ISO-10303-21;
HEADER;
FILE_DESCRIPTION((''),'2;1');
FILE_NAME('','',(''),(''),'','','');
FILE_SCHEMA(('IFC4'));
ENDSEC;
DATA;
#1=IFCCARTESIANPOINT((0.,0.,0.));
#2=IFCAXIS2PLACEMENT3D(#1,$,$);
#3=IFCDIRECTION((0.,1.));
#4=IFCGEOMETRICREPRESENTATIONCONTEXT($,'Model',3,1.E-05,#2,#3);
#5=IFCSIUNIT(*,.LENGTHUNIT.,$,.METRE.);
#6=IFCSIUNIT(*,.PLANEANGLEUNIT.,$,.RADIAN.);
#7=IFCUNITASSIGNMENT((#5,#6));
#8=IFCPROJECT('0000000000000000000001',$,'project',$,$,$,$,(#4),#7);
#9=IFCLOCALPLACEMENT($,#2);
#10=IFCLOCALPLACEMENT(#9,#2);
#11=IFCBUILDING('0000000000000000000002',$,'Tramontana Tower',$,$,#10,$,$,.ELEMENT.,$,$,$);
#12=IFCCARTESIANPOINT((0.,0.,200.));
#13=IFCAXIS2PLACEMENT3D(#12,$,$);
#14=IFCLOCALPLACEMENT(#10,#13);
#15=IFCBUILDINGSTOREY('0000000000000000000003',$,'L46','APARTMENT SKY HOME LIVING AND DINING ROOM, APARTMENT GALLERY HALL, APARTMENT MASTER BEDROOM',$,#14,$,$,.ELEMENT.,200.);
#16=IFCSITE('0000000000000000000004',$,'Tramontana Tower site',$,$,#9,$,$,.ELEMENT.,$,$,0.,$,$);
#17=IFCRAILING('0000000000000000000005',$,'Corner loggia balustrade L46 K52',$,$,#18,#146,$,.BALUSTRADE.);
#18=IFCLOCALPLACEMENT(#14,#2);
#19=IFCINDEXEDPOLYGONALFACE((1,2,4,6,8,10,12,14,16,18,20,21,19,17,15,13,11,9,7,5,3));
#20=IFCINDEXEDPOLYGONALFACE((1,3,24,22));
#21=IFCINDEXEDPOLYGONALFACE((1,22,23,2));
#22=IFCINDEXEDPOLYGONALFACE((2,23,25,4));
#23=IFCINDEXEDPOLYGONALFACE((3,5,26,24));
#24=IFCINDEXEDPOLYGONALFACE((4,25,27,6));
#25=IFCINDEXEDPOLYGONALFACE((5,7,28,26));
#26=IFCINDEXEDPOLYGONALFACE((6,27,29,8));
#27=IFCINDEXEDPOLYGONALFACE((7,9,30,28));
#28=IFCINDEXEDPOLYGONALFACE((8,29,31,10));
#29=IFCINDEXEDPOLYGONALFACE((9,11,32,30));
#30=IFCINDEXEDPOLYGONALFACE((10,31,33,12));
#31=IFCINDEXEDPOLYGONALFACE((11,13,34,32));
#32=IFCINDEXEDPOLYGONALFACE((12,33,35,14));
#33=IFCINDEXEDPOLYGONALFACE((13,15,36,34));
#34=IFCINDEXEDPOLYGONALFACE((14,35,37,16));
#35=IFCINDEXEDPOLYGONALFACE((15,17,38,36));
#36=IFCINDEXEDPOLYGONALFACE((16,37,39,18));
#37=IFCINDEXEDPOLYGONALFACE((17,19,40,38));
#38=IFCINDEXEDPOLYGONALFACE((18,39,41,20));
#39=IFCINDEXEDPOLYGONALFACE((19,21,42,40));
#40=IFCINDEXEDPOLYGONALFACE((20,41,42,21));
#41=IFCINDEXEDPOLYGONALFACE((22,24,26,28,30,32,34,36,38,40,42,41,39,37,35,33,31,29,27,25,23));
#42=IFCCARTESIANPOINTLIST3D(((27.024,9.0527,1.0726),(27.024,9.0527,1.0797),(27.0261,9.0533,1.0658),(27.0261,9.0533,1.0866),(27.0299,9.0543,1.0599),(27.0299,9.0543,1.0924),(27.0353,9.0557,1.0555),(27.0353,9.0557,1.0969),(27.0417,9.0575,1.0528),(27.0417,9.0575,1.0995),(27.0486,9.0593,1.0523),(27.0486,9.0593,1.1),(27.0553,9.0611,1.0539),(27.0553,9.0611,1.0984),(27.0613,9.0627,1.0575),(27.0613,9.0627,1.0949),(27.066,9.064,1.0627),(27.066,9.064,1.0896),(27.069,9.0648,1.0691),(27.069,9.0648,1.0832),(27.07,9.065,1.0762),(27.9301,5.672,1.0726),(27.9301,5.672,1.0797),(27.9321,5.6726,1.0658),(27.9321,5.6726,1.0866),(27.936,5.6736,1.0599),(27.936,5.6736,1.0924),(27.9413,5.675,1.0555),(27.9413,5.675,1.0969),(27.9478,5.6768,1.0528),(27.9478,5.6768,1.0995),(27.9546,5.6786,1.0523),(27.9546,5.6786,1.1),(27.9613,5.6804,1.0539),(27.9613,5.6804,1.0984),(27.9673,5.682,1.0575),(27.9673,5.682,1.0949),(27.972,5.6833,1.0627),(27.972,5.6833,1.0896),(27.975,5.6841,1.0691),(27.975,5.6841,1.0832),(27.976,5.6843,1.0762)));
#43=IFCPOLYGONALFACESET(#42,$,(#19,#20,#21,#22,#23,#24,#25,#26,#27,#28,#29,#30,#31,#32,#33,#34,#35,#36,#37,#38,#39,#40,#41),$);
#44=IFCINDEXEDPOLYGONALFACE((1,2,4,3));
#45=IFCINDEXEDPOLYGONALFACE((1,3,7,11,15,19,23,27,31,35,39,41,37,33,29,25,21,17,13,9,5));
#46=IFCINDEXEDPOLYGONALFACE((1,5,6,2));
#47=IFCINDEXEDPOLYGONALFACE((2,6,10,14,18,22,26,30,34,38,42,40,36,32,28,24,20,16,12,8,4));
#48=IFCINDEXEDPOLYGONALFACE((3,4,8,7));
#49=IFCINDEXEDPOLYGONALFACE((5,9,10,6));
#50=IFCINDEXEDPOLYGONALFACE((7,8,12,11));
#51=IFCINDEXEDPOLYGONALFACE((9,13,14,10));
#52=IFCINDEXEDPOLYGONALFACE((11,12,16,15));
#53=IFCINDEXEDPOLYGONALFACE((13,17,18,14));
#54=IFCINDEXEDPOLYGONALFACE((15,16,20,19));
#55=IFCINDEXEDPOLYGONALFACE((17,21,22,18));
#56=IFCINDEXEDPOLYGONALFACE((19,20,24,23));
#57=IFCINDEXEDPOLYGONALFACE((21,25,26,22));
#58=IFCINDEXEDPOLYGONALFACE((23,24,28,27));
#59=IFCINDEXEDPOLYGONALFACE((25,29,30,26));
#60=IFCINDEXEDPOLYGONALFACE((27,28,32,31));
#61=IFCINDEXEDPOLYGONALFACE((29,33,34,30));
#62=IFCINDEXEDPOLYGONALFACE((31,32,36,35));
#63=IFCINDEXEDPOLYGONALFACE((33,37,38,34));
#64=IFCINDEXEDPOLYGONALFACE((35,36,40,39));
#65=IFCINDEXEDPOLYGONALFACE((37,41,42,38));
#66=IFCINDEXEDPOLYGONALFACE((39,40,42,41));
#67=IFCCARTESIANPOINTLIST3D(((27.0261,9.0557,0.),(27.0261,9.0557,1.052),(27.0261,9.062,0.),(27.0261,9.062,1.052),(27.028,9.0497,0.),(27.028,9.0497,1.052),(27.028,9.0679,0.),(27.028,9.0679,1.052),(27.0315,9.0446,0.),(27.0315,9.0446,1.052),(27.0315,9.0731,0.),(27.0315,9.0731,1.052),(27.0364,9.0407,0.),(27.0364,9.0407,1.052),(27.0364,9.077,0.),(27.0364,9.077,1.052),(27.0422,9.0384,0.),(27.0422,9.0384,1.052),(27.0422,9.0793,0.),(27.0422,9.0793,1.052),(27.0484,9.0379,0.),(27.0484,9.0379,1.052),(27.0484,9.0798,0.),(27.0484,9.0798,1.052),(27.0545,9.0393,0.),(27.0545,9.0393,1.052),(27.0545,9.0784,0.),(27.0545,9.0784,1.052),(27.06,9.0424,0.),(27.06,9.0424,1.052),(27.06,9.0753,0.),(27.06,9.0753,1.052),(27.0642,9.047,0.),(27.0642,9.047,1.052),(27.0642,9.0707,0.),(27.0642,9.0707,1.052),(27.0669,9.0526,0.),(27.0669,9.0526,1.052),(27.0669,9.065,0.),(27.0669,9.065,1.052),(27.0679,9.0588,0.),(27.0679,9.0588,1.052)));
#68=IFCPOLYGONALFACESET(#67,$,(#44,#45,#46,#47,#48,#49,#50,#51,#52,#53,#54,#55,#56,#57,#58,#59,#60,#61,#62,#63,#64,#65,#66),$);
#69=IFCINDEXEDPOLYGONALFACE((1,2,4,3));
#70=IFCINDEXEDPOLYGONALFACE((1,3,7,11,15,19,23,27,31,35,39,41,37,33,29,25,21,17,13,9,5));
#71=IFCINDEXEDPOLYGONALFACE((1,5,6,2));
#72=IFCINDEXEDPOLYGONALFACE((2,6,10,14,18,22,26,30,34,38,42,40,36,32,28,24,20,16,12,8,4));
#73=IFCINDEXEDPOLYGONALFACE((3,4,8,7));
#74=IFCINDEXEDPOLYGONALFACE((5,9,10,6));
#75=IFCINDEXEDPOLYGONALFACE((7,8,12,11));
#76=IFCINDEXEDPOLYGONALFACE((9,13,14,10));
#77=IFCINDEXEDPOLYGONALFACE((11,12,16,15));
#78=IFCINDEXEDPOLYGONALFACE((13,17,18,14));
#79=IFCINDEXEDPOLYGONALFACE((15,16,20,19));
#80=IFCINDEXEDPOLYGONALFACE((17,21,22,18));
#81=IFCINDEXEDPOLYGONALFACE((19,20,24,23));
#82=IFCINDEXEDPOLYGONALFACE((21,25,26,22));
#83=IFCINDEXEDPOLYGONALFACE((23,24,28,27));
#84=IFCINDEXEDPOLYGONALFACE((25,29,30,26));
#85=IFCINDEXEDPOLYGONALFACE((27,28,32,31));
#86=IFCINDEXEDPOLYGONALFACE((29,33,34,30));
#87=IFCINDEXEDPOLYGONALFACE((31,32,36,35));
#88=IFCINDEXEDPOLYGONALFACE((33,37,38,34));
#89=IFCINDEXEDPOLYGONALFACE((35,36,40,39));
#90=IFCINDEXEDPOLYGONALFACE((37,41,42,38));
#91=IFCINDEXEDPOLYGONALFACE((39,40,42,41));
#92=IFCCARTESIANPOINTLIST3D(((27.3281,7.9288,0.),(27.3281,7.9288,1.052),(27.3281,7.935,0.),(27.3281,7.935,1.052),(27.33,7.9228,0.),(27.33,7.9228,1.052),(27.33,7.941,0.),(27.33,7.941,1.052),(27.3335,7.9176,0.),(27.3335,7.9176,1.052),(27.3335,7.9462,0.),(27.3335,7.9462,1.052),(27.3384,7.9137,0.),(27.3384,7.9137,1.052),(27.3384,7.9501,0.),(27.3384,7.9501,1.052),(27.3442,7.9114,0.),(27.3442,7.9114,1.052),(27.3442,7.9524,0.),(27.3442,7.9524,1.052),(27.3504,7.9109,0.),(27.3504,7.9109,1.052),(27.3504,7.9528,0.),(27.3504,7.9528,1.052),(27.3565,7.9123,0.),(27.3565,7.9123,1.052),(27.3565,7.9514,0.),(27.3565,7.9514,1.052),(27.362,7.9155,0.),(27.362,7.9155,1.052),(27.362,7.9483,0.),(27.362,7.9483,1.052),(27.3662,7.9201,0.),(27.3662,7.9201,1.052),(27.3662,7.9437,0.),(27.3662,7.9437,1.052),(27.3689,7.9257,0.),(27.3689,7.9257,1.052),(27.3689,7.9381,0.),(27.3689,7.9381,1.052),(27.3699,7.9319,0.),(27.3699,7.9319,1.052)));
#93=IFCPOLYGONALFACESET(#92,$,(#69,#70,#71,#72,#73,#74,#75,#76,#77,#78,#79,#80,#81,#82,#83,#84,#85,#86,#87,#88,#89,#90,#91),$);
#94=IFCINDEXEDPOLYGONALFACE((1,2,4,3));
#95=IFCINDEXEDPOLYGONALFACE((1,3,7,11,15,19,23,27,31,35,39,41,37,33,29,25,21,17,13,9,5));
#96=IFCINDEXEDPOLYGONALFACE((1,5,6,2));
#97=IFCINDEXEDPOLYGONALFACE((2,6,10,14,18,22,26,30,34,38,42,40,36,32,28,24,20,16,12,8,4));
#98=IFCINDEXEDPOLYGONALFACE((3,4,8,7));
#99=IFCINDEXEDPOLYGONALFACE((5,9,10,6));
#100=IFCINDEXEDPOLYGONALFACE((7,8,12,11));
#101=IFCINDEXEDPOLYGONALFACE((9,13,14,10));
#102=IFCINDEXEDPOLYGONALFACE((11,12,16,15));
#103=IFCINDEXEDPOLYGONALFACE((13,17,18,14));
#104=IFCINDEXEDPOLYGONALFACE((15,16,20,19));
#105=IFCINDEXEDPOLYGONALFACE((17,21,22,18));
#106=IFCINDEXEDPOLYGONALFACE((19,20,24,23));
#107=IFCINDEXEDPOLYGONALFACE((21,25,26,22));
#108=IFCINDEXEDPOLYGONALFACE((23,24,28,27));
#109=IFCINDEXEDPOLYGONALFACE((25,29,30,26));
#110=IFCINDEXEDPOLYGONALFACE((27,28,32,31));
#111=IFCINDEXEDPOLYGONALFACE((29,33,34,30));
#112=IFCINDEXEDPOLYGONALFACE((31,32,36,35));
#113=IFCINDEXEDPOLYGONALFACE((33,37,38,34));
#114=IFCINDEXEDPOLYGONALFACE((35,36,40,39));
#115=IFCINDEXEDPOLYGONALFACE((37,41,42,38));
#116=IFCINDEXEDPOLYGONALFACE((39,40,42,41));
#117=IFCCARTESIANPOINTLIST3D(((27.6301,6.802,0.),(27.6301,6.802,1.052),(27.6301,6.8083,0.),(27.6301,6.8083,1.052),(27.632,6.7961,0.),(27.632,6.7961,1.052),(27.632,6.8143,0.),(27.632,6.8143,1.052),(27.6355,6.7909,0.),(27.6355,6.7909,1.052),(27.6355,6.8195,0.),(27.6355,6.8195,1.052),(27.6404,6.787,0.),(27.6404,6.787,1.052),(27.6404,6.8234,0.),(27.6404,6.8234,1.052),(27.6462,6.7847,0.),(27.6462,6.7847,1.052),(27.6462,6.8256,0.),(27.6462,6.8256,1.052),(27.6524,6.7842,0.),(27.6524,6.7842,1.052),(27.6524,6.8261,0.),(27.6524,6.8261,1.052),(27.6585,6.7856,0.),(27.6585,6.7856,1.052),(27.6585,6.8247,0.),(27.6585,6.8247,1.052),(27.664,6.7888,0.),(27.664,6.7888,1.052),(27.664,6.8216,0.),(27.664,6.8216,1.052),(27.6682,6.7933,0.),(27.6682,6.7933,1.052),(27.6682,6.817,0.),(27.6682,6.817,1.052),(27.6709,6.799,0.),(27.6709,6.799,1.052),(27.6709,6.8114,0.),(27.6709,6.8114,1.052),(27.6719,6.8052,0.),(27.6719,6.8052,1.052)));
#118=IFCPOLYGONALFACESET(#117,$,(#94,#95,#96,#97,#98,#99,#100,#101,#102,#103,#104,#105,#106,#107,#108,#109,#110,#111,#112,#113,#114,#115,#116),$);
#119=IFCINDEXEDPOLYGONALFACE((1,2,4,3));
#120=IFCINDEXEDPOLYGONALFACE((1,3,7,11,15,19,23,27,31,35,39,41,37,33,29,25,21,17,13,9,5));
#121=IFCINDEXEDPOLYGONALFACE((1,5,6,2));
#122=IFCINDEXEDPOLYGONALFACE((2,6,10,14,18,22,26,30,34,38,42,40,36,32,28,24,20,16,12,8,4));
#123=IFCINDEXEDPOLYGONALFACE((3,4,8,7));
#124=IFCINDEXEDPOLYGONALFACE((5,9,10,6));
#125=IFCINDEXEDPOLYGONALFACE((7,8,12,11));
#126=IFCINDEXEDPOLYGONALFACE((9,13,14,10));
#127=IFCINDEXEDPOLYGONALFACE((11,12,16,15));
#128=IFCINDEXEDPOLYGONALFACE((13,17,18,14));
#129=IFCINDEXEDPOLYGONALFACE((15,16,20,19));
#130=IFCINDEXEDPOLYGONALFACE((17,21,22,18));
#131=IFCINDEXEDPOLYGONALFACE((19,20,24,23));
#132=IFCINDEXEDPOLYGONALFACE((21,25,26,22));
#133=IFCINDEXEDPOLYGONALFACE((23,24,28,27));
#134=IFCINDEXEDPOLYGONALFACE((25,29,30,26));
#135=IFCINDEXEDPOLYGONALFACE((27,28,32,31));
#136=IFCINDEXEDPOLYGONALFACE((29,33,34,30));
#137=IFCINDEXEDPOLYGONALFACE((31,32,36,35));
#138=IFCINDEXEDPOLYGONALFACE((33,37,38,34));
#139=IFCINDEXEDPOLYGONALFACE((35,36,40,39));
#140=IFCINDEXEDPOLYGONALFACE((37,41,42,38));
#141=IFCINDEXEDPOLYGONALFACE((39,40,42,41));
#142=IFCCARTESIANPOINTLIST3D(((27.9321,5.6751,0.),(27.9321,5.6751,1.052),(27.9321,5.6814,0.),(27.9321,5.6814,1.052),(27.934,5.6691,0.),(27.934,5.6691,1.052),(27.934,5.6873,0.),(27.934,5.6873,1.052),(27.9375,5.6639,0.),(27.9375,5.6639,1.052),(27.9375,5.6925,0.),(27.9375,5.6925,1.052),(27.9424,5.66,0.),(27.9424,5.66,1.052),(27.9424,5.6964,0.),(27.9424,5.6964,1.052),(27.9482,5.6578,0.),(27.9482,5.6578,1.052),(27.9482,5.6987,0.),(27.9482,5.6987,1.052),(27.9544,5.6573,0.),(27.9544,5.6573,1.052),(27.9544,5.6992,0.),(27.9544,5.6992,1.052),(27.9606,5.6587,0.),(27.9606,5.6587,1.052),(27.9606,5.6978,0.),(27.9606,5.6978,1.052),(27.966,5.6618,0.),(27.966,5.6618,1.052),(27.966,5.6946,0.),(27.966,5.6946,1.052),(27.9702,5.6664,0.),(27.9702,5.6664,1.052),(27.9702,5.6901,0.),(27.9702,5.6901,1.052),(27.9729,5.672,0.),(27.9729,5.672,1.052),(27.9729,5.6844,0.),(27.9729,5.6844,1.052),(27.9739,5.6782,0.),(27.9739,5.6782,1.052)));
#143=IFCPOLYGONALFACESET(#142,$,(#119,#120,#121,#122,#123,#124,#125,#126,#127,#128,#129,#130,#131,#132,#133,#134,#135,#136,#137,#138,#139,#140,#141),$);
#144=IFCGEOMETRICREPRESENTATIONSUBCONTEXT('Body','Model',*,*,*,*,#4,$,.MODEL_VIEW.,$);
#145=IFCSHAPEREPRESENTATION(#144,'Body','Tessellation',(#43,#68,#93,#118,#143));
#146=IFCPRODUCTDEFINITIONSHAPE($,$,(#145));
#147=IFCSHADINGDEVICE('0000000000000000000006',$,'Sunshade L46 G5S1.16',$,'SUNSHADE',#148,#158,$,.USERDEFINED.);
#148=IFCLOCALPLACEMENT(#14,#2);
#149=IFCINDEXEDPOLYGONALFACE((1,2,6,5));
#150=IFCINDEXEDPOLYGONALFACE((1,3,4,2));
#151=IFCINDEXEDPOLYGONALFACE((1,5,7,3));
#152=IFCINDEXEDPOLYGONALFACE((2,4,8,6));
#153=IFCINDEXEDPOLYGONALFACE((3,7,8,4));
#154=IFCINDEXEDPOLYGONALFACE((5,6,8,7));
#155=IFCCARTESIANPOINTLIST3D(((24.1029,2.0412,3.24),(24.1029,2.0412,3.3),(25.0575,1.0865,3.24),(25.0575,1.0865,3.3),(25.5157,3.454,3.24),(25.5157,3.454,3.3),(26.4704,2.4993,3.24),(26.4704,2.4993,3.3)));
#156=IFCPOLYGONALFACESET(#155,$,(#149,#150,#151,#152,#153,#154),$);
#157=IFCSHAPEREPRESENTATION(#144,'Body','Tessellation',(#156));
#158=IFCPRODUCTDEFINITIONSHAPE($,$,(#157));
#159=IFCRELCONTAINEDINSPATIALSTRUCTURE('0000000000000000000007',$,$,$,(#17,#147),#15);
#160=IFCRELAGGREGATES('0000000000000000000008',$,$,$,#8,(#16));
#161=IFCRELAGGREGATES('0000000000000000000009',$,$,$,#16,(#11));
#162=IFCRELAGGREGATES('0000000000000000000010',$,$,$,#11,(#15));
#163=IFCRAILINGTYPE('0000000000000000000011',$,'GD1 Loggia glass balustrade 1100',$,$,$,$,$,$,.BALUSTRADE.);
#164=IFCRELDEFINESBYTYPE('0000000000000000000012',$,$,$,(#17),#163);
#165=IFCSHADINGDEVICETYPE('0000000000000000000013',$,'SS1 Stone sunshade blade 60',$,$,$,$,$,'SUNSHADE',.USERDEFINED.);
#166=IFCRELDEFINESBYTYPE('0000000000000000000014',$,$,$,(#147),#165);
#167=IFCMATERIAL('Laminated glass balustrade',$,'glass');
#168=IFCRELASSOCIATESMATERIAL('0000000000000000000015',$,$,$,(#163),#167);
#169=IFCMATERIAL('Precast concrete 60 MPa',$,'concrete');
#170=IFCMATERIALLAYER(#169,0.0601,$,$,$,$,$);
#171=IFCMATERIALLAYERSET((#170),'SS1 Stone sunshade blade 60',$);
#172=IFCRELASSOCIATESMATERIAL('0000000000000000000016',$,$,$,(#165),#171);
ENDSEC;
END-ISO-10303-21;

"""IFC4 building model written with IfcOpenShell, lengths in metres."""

from ifc_helpers import new_model, si_unit, direction, frame, origin, origin_2d, place, context, subcontext, project, spatial, rectangle, circle, extrude, material, layer, layer_set, type_object, element, save


model = new_model("IFC4")

# Units and contexts
model_context = context("Model", 3, precision=1e-05, world=origin(), true_north=direction((0.0, 1.0)))
body_context = subcontext(model_context, "Body", "Model", "MODEL_VIEW")
ifc_project = project(units=[si_unit("LENGTHUNIT", "METRE"), si_unit("PLANEANGLEUNIT", "RADIAN")], contexts=[model_context])

# Site, building, storey
site_placement = place(None, origin())
site = spatial("IfcSite", under=ifc_project, at=site_placement, Name="Tramontana Tower site", CompositionType="ELEMENT", RefElevation=0.0)
building_placement = place(site_placement, origin())
building = spatial("IfcBuilding", under=site, at=building_placement, Name="Tramontana Tower", CompositionType="ELEMENT")
storey_placement = place(building_placement, frame((0.0, 0.0, 200.0)))
storey = spatial("IfcBuildingStorey", under=building, at=storey_placement, Name="L46", Description="APARTMENT SKY HOME LIVING AND DINING ROOM, APARTMENT GALLERY HALL, APARTMENT MASTER BEDROOM", CompositionType="ELEMENT", Elevation=200.0)

# Railing
ifc_material_1 = material(Name="Laminated glass balustrade", Category="glass")
railing_type = type_object("IfcRailingType", Name="GD1 Loggia glass balustrade 1100", PredefinedType="BALUSTRADE", material=ifc_material_1)
railing_1_placement = place(storey_placement, frame((27.0469, 9.0588, 0.0)))
element("IfcRailing", 1, at=railing_1_placement, inside=storey, type_object=railing_type, Name="Corner loggia balustrade L46 K52", PredefinedType="BALUSTRADE", context=body_context, shape_type="SweptSolid", body=[
    extrude(circle(Radius=0.0239, at=origin_2d()), frame((0.0, 0.0, 1.0762), z_axis=(0.258865, -0.965913, 0.0), x_axis=(0.965913, 0.258865, 0.0)), (0.0, 0.0, 1.0), 3.5),
    extrude(circle(Radius=0.021, at=origin_2d()), origin(), (0.0, 0.0, 1.0), 1.052),
    extrude(circle(Radius=0.021, at=origin_2d()), frame((0.302, -1.127, 0.0)), (0.0, 0.0, 1.0), 1.052),
    extrude(circle(Radius=0.021, at=origin_2d()), frame((0.604, -2.2537, 0.0)), (0.0, 0.0, 1.0), 1.052),
    extrude(circle(Radius=0.021, at=origin_2d()), frame((0.906, -3.3806, 0.0)), (0.0, 0.0, 1.0), 1.052),
])

# Shading device
ifc_material_2 = material(Name="Precast concrete 60 MPa", Category="concrete")
ifc_layer_1 = layer(ifc_material_2, 0.0601)
ifc_layer_set_1 = layer_set([ifc_layer_1], Name="SS1 Stone sunshade blade 60")
shading_device_type = type_object("IfcShadingDeviceType", Name="SS1 Stone sunshade blade 60", ElementType="SUNSHADE", PredefinedType="USERDEFINED", material=ifc_layer_set_1)
shading_device_placement = place(storey_placement, frame((25.2866, 2.2703, 3.24), z_axis=(0.0, 0.0, 1.0), x_axis=(0.707107, 0.707107, 0.0)))
element("IfcShadingDevice", 2, at=shading_device_placement, inside=storey, type_object=shading_device_type, Name="Sunshade L46 G5S1.16", ObjectType="SUNSHADE", PredefinedType="USERDEFINED", context=body_context, shape_type="SweptSolid", body=[
    extrude(rectangle(XDim=1.998, YDim=1.3501, at=origin_2d()), origin(), (0.0, 0.0, 1.0), 0.0601),
])

save(model, "model.ifc")
